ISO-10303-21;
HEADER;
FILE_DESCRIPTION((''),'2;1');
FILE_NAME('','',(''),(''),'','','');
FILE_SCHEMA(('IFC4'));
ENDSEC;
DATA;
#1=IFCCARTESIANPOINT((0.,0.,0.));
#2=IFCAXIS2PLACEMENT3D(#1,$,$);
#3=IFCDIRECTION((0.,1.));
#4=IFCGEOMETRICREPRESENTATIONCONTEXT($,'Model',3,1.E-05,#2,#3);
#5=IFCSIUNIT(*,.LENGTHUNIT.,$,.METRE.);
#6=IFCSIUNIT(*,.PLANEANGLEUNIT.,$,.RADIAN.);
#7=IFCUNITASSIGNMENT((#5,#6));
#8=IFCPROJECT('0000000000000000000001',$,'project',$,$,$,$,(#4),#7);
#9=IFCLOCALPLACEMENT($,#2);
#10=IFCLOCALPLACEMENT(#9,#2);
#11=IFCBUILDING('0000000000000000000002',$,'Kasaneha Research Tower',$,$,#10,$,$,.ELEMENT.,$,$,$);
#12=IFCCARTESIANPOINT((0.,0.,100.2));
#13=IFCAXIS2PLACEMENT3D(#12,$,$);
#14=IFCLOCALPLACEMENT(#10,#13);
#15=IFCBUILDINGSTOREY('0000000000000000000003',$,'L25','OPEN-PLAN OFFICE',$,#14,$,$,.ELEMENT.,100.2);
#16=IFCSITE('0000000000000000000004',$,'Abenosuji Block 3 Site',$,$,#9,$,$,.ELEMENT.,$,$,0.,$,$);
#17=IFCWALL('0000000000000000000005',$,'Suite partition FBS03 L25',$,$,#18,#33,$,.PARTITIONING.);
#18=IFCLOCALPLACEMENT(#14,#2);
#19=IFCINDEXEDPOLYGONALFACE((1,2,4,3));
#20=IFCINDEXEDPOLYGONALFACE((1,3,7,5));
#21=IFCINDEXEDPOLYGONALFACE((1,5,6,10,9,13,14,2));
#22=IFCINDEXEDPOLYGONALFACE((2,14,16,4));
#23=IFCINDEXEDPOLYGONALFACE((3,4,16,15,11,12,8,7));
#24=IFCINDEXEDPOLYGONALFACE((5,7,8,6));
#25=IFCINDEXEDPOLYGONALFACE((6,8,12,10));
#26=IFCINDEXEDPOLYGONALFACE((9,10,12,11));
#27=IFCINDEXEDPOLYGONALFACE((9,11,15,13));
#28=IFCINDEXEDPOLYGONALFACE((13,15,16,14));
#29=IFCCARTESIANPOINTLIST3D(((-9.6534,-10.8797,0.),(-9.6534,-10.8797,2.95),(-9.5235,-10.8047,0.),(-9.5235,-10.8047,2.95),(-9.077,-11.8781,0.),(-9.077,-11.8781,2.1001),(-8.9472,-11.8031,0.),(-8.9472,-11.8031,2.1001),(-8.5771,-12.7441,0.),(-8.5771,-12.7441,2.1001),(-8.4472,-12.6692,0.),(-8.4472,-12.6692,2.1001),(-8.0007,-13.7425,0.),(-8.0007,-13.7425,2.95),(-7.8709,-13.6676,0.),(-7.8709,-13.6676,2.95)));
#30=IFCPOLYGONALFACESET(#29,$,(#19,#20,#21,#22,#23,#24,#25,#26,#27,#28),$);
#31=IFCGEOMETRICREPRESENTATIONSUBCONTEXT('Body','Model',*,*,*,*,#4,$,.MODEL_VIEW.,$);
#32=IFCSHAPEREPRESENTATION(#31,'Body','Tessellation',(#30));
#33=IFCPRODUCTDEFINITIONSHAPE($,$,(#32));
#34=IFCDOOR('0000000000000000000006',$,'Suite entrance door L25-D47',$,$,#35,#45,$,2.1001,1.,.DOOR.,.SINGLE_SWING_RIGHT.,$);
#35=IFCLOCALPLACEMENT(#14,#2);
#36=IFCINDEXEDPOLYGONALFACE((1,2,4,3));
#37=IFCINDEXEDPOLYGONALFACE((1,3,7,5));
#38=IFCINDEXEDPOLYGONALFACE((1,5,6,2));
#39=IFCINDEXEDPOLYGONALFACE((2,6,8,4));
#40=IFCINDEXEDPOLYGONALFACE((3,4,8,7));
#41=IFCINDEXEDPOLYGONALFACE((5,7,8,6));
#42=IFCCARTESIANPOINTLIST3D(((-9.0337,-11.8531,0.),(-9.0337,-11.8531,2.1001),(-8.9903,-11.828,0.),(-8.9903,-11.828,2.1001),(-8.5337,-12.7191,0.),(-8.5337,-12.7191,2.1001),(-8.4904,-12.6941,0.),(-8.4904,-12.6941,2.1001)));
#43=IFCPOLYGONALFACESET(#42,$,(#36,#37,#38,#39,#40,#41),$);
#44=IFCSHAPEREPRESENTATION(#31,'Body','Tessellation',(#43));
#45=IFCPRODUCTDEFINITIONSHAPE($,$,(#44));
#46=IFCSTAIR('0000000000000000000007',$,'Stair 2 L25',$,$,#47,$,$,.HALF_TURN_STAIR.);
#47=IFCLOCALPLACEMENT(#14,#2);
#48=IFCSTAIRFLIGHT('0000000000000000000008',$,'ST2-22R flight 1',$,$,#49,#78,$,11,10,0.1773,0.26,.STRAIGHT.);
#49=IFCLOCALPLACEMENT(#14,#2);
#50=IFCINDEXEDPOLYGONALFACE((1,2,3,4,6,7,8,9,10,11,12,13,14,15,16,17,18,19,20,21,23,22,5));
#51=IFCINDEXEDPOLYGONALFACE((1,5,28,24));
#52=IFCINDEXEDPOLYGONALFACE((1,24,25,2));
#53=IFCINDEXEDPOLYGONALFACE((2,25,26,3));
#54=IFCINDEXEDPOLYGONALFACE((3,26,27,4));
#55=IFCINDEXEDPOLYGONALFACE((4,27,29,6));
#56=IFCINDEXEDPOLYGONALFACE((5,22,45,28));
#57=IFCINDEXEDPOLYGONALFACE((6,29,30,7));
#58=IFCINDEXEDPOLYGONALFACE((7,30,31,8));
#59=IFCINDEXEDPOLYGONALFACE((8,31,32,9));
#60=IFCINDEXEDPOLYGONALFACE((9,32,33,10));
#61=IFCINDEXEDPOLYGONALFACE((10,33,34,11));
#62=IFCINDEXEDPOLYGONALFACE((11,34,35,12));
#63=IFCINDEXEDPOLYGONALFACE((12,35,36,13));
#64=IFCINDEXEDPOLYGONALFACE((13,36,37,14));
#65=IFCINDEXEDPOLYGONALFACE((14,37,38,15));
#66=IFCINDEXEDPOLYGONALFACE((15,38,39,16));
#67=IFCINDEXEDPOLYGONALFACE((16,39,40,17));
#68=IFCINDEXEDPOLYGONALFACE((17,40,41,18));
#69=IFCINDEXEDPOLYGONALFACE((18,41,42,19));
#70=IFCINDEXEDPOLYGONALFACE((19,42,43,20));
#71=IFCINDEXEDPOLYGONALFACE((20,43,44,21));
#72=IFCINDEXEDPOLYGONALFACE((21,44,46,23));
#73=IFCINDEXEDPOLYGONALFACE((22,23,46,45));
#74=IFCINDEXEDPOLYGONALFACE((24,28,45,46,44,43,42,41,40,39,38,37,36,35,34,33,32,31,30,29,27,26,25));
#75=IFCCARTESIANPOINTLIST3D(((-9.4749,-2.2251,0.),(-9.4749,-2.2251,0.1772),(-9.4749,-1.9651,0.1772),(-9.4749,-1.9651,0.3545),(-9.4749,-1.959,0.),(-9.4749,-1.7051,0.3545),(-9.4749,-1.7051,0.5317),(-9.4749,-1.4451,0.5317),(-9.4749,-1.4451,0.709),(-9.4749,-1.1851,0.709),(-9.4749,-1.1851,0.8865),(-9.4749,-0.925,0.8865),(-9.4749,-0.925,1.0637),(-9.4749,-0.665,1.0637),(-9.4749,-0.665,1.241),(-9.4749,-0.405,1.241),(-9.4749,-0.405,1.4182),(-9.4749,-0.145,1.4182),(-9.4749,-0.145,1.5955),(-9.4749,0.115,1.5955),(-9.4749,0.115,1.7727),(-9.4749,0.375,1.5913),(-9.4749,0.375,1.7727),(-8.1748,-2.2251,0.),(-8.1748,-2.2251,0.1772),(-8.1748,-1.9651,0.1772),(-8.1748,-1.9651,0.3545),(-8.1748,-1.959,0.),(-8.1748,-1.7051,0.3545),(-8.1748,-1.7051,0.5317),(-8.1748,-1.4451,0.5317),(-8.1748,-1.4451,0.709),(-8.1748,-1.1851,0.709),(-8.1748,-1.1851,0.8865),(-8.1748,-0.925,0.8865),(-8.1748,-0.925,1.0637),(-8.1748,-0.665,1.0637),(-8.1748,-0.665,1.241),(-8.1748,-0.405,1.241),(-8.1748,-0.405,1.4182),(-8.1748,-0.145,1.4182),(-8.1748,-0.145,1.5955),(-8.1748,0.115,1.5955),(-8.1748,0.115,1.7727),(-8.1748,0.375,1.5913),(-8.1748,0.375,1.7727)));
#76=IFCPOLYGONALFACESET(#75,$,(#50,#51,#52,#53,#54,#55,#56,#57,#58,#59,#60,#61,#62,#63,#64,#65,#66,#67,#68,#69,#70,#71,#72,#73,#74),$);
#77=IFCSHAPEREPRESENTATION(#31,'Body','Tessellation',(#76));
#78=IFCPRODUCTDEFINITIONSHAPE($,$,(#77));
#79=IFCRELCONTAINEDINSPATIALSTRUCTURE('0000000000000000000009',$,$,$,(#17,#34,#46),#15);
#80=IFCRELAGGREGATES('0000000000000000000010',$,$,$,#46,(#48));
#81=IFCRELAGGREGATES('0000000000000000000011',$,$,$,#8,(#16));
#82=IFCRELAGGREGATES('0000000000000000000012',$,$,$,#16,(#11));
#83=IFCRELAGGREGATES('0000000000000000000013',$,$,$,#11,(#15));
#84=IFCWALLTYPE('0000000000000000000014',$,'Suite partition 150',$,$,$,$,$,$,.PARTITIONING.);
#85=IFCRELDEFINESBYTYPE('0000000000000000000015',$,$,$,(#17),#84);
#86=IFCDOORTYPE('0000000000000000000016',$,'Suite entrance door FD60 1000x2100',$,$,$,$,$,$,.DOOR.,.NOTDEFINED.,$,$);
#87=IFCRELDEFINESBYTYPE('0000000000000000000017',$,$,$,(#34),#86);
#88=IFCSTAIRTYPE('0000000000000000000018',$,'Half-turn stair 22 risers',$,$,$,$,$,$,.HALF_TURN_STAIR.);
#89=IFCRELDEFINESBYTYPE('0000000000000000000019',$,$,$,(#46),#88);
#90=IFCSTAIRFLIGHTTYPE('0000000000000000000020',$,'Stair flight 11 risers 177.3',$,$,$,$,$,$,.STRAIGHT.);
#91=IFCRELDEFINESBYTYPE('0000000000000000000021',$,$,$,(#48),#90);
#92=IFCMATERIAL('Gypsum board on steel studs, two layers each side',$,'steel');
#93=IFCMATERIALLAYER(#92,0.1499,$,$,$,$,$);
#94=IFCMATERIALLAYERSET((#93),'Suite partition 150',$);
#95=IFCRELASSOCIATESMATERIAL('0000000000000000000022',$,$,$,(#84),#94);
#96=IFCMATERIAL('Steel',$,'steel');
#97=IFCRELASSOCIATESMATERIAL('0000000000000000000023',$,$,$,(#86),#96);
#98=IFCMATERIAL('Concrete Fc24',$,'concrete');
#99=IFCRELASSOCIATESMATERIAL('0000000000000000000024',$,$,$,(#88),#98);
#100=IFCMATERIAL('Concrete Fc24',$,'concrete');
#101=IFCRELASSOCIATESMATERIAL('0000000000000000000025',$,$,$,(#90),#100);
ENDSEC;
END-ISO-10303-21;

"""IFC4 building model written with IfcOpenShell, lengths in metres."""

from ifc_helpers import new_model, si_unit, direction, frame, frame_2d, origin, place, context, subcontext, project, spatial, polyline, rectangle, outline, extrude, material, layer, layer_set, type_object, element, fill, aggregate, save


model = new_model("IFC4")

# Units and contexts
model_context = context("Model", 3, precision=1e-05, world=origin(), true_north=direction((0.0, 1.0)))
body_context = subcontext(model_context, "Body", "Model", "MODEL_VIEW")
ifc_project = project(units=[si_unit("LENGTHUNIT", "METRE"), si_unit("PLANEANGLEUNIT", "RADIAN")], contexts=[model_context])

# Site, building, storey
site_placement = place(None, origin())
site = spatial("IfcSite", under=ifc_project, at=site_placement, Name="Abenosuji Block 3 Site", CompositionType="ELEMENT", RefElevation=0.0)
building_placement = place(site_placement, origin())
building = spatial("IfcBuilding", under=site, at=building_placement, Name="Kasaneha Research Tower", CompositionType="ELEMENT")
storey_placement = place(building_placement, frame((0.0, 0.0, 100.2)))
storey = spatial("IfcBuildingStorey", under=building, at=storey_placement, Name="L25", Description="OPEN-PLAN OFFICE", CompositionType="ELEMENT", Elevation=100.2)

# Shared definitions
ifc_material_1 = material(Name="Gypsum board on steel studs, two layers each side", Category="steel")
ifc_layer_1 = layer(ifc_material_1, 0.1499)
ifc_layer_set_1 = layer_set([ifc_layer_1], Name="Suite partition 150")
wall_type_1 = type_object("IfcWallType", Name="Suite partition 150", PredefinedType="PARTITIONING", material=ifc_layer_set_1)
ifc_material_2 = material(Name="Steel", Category="steel")
door_type_1 = type_object("IfcDoorType", Name="Suite entrance door FD60 1000x2100", OperationType="NOTDEFINED", PredefinedType="DOOR", material=ifc_material_2)

# Wall, opening, door
wall_1_placement = place(storey_placement, frame((-7.9358, -13.7051, 0.0), z_axis=(0.0, 0.0, 1.0), x_axis=(-0.499944, 0.866058, 0.0)))
wall_1 = element("IfcWall", 1, at=wall_1_placement, inside=storey, type_object=wall_type_1, Name="Suite partition FBS03 L25", PredefinedType="PARTITIONING", context=body_context, shape_type="SweptSolid", body=[
    extrude(rectangle(XDim=3.3057, YDim=0.1499, at=frame_2d((1.6528, 0.0))), origin(), (0.0, 0.0, 1.0), 2.95),
])
opening_1_placement = place(wall_1_placement, frame((1.1528, 0.0, 0.0)))
opening_1 = element("IfcOpeningElement", 2, at=opening_1_placement, cuts=wall_1, PredefinedType="OPENING", context=body_context, shape_type="SweptSolid", body=[
    extrude(rectangle(XDim=1.0, YDim=2.1001, at=frame_2d((0.5, 1.05))), frame((0.0, 0.085, 0.0), z_axis=(0.0, -1.0, 0.0), x_axis=(1.0, 0.0, 0.0)), (0.0, 0.0, 1.0), 0.1699),
])
door_1_placement = place(opening_1_placement, origin())
door_1 = element("IfcDoor", 3, at=door_1_placement, inside=storey, type_object=door_type_1, Name="Suite entrance door L25-D47", OperationType="SINGLE_SWING_RIGHT", OverallHeight=2.1001, OverallWidth=1.0, PredefinedType="DOOR", context=body_context, shape_type="SweptSolid", body=[
    extrude(rectangle(XDim=1.0, YDim=2.1001, at=frame_2d((0.5, 1.05))), frame((0.0, 0.0249, 0.0), z_axis=(0.0, -1.0, 0.0), x_axis=(1.0, 0.0, 0.0)), (0.0, 0.0, 1.0), 0.05),
])
fill(opening_1, door_1)

# Stair, stair flight
ifc_material_3 = material(Name="Concrete Fc24", Category="concrete")
stair_type = type_object("IfcStairType", Name="Half-turn stair 22 risers", PredefinedType="HALF_TURN_STAIR", material=ifc_material_3)
stair_placement = place(storey_placement, origin())
stair = element("IfcStair", 4, at=stair_placement, inside=storey, type_object=stair_type, Name="Stair 2 L25", PredefinedType="HALF_TURN_STAIR")
ifc_material_4 = material(Name="Concrete Fc24", Category="concrete")
stair_flight_type = type_object("IfcStairFlightType", Name="Stair flight 11 risers 177.3", PredefinedType="STRAIGHT", material=ifc_material_4)
stair_flight_placement = place(storey_placement, frame((-8.825, -2.2251, 0.0), z_axis=(0.0, 0.0, 1.0), x_axis=(0.0, 1.0, 0.0)))
stair_flight = element("IfcStairFlight", 5, at=stair_flight_placement, type_object=stair_flight_type, Name="ST2-22R flight 1", NumberOfRisers=11, NumberOfTreads=10, PredefinedType="STRAIGHT", RiserHeight=0.1773, TreadLength=0.26, context=body_context, shape_type="SweptSolid", body=[
    extrude(outline(polyline([(0.0, 0.0), (0.0, 0.1772), (0.26, 0.1772), (0.26, 0.3545), (0.52, 0.3545), (0.52, 0.5317), (0.78, 0.5317), (0.78, 0.709), (1.04, 0.709), (1.04, 0.8865), (1.3, 0.8865), (1.3, 1.0637), (1.5601, 1.0637), (1.5601, 1.241), (1.8201, 1.241), (1.8201, 1.4182), (2.0801, 1.4182), (2.0801, 1.5955), (2.3401, 1.5955), (2.3401, 1.7727), (2.6001, 1.7727), (2.6001, 1.95), (2.6001, 1.5913), (0.2661, 0.0), (0.0, 0.0)])), frame((0.0, 0.6499, 0.0), z_axis=(0.0, -1.0, 0.0), x_axis=(1.0, 0.0, 0.0)), (0.0, 0.0, 1.0), 1.3),
])
aggregate(stair, [stair_flight])

save(model, "model.ifc")
